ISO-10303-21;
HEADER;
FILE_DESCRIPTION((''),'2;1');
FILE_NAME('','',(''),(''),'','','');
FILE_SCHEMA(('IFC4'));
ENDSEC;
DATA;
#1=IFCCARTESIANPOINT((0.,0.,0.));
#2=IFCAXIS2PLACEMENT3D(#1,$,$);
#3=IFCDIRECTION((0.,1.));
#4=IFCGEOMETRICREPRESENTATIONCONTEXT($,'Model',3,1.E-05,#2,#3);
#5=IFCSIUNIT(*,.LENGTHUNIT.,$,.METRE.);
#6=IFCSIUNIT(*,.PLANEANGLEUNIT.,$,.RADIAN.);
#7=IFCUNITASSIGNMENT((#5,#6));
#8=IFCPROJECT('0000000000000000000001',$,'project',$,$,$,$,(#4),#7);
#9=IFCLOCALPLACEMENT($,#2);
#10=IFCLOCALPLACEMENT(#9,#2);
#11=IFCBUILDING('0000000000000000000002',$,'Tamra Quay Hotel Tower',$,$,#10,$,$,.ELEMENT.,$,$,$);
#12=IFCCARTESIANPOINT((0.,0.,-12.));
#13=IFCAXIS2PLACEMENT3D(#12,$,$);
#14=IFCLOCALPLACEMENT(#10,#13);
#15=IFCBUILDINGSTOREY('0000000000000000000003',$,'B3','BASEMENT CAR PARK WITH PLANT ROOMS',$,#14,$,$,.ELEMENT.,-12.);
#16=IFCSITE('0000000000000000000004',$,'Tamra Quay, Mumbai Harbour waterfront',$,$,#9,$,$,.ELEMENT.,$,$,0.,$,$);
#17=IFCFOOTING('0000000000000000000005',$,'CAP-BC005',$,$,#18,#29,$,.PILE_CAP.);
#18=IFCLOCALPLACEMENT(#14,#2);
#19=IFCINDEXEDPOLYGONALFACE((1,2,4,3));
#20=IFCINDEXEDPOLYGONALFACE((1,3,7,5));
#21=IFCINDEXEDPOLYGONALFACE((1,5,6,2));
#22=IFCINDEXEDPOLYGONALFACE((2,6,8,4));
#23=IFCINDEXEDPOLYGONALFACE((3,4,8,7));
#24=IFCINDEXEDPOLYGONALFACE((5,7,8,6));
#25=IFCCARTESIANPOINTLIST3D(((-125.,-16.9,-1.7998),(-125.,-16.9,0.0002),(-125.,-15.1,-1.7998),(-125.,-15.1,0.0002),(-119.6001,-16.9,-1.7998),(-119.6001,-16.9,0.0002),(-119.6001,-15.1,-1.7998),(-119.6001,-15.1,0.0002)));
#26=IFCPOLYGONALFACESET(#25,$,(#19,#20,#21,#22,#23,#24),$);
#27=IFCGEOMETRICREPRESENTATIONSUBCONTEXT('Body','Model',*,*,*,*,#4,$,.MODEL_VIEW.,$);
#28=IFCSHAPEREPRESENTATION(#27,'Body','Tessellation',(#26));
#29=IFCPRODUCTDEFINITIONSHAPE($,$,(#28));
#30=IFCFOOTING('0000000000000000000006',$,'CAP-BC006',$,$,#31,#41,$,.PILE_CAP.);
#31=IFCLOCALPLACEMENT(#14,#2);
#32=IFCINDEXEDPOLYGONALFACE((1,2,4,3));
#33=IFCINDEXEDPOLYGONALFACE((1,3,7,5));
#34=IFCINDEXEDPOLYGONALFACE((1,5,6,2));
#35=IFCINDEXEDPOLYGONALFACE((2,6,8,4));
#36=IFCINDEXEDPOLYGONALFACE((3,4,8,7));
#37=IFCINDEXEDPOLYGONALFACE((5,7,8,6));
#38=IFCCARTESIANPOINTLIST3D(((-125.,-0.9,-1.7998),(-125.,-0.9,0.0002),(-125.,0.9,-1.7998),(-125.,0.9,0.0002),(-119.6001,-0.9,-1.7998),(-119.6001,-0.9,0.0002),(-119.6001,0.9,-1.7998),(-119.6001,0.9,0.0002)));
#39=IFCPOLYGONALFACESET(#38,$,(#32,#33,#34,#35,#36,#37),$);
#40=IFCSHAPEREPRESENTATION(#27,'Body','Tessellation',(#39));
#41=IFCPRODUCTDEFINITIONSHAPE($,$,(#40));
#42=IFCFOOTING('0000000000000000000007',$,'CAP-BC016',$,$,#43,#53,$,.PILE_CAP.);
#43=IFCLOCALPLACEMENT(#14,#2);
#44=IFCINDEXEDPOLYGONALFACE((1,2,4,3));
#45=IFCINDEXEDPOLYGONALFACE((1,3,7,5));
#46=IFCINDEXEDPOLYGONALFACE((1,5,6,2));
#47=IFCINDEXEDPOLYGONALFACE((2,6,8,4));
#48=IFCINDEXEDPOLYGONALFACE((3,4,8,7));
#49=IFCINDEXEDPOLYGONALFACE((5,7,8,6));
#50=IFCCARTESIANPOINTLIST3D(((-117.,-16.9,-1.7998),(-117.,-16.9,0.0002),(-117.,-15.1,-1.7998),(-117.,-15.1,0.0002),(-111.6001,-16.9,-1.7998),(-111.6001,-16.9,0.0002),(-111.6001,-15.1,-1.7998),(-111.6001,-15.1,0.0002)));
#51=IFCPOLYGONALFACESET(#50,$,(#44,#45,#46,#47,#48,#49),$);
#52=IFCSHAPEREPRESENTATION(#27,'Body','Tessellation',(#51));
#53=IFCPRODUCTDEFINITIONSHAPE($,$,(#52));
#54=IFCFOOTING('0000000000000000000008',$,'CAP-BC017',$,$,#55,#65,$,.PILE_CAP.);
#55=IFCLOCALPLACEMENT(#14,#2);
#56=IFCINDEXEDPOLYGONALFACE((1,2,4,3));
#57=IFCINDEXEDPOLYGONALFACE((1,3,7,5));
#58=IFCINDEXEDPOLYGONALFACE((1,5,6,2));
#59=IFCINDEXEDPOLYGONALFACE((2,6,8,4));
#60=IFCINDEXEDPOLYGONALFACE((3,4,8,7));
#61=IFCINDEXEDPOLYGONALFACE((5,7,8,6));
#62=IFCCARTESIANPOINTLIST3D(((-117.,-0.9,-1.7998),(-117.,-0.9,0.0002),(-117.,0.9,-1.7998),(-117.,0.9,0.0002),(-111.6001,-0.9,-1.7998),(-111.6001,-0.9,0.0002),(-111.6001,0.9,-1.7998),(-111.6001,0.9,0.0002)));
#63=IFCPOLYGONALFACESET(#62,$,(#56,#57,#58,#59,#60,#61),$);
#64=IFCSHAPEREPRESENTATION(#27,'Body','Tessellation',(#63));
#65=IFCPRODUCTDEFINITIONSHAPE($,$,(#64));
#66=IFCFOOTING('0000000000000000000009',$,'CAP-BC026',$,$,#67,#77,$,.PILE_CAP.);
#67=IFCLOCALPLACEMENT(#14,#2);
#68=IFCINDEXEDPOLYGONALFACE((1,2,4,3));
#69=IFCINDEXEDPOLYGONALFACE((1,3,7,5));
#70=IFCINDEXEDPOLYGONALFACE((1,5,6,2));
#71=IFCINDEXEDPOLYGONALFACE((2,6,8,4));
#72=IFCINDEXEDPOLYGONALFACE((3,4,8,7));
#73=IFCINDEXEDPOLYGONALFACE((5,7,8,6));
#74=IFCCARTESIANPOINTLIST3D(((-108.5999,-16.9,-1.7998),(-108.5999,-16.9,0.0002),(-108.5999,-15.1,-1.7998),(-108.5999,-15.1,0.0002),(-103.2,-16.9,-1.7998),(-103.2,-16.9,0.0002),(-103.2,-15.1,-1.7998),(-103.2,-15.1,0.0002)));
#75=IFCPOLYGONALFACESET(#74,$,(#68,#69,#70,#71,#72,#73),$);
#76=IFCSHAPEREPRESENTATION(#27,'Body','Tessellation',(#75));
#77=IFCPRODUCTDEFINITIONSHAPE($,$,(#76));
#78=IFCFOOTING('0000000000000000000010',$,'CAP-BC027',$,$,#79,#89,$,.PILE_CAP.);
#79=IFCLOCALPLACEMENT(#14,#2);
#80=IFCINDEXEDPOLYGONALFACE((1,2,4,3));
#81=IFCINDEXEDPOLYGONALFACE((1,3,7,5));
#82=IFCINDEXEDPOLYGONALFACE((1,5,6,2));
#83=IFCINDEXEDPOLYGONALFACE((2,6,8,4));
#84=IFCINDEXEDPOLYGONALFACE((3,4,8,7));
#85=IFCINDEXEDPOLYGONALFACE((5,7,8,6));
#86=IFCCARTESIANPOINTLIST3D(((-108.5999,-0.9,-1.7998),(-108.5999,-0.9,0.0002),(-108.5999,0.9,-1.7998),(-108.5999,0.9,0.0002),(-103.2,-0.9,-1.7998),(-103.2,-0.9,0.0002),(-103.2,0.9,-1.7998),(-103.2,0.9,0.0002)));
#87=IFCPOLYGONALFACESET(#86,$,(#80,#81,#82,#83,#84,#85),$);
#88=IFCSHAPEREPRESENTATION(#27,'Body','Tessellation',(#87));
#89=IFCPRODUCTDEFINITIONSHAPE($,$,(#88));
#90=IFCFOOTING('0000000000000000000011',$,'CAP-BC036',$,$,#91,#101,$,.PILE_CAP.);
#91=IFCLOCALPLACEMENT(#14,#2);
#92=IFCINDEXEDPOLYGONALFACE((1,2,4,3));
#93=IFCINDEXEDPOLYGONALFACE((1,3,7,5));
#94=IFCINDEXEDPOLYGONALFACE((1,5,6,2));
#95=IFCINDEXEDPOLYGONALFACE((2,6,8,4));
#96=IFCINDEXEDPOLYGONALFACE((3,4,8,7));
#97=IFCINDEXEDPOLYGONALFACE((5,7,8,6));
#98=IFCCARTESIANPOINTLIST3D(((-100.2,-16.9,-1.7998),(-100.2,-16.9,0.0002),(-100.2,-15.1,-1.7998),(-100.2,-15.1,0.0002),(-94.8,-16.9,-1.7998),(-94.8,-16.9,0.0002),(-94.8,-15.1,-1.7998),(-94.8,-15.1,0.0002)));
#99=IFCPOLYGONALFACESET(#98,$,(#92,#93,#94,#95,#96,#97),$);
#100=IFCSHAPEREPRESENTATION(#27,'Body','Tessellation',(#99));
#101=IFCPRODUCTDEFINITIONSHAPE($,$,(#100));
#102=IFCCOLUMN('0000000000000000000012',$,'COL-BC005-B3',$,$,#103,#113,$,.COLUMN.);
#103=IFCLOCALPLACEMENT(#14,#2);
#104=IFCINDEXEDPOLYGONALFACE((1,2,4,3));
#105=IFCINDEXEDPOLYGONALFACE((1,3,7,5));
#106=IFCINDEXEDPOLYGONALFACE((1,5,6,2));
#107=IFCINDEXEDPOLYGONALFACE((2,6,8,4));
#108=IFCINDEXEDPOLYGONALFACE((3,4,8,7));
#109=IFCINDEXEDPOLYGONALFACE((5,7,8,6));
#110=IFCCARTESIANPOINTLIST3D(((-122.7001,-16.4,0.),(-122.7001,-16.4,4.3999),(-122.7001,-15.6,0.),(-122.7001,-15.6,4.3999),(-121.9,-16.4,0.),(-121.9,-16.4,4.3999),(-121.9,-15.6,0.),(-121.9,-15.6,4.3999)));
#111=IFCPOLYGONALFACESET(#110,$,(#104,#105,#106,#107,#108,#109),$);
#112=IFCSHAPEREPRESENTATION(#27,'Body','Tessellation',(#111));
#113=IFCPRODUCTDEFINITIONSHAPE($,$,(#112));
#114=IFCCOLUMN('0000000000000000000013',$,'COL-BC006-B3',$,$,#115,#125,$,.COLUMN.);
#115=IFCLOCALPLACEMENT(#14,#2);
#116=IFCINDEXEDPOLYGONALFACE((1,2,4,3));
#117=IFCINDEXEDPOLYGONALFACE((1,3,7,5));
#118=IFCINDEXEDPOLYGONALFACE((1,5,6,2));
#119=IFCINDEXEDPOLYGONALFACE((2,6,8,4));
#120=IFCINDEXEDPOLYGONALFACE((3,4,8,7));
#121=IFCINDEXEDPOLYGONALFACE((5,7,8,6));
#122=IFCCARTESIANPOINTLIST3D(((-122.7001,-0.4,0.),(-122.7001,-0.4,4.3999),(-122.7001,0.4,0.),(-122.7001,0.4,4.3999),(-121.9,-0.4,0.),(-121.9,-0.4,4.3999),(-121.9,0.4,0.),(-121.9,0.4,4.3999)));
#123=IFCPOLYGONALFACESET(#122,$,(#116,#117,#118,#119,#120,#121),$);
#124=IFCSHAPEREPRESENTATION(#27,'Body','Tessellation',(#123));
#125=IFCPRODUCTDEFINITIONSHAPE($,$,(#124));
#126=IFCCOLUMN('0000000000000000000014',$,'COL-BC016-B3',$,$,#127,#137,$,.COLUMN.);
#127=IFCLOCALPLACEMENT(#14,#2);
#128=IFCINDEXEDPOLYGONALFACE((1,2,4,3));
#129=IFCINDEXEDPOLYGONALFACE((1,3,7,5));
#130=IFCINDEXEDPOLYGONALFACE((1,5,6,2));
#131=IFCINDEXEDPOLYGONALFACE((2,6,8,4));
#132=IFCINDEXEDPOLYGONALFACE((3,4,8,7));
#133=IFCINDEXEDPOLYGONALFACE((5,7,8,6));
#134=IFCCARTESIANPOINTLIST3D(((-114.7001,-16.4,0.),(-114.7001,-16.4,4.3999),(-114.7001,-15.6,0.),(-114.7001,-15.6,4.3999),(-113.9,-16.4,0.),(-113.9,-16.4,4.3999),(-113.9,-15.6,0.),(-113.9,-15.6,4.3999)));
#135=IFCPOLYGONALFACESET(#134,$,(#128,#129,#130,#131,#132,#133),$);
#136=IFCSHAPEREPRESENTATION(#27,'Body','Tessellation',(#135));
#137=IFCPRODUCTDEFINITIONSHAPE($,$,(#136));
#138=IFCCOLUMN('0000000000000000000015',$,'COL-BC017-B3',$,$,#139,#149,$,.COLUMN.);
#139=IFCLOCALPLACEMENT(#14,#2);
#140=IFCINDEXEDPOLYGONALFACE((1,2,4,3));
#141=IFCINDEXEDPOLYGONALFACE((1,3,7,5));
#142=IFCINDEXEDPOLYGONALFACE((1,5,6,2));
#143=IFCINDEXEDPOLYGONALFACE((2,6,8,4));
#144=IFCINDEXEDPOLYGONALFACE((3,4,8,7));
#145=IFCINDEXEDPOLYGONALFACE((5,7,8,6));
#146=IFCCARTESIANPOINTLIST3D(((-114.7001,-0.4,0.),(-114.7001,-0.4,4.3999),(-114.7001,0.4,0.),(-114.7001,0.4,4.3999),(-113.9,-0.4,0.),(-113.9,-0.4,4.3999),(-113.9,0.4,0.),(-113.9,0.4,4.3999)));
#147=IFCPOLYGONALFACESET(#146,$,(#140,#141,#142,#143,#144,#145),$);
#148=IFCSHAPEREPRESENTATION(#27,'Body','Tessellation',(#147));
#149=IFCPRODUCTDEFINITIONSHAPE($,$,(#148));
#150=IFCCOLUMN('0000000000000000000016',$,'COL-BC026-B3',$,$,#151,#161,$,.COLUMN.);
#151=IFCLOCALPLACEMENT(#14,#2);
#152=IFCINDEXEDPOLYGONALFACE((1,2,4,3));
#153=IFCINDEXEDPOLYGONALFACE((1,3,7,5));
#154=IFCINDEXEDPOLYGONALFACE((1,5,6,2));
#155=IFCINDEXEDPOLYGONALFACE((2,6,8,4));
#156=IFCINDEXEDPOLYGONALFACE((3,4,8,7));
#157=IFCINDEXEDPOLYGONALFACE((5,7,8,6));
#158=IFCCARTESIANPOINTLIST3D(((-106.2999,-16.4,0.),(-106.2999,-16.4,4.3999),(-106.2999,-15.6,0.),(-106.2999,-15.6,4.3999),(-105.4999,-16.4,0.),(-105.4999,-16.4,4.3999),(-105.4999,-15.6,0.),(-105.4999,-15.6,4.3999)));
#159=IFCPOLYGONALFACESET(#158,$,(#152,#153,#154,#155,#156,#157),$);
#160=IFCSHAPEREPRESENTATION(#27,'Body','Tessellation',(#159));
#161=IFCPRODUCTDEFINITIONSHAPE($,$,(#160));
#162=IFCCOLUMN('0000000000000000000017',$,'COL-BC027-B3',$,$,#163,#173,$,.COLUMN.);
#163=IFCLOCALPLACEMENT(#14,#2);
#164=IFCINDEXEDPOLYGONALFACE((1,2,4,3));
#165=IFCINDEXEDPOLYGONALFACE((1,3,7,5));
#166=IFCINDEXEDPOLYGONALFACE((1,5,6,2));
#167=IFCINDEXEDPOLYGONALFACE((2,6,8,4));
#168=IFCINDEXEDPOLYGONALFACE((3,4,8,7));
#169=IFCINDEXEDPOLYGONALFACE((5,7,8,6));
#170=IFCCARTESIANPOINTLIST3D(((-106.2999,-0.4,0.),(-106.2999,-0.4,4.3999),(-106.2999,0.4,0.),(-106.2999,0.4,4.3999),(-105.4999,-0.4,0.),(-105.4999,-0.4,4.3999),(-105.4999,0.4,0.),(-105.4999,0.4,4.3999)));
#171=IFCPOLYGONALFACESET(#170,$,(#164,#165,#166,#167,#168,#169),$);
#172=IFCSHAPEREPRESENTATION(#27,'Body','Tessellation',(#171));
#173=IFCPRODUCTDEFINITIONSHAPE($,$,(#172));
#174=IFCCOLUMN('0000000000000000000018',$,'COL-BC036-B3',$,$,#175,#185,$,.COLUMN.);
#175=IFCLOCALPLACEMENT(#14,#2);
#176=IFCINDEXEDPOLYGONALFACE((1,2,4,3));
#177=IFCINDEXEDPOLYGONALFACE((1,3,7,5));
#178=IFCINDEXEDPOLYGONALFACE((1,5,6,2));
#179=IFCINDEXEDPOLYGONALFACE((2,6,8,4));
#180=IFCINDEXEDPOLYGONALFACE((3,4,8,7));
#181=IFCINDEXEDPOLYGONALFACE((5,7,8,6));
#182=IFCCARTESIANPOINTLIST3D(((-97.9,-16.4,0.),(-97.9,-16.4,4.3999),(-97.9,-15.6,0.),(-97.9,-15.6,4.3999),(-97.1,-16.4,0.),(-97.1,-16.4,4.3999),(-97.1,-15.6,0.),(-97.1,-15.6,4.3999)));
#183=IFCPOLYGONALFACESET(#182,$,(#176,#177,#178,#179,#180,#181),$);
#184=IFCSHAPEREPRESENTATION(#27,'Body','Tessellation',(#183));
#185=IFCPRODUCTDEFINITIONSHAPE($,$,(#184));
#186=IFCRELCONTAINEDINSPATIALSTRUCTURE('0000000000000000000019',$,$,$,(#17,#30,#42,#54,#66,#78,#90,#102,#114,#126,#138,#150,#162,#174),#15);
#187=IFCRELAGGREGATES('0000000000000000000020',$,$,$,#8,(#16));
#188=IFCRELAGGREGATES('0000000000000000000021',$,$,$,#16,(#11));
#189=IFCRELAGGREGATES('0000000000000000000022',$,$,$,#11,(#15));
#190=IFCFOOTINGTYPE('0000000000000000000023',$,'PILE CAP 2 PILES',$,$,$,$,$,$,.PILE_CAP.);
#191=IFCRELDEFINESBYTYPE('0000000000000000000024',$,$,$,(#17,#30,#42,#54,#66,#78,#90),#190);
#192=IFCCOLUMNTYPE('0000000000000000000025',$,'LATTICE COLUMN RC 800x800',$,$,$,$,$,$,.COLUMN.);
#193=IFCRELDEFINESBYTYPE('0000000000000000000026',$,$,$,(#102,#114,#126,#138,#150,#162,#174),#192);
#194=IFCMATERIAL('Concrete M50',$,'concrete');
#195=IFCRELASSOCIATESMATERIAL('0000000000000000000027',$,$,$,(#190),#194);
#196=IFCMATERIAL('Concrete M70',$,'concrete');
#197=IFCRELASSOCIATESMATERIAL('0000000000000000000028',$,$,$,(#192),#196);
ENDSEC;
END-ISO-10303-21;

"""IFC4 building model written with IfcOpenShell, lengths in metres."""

from ifc_helpers import new_model, si_unit, direction, frame, origin, origin_2d, place, context, subcontext, project, spatial, rectangle, extrude, material, material_profile, profile_set, type_object, element, save


model = new_model("IFC4")

# Units and contexts
model_context = context("Model", 3, precision=1e-05, world=origin(), true_north=direction((0.0, 1.0)))
body_context = subcontext(model_context, "Body", "Model", "MODEL_VIEW")
ifc_project = project(units=[si_unit("LENGTHUNIT", "METRE"), si_unit("PLANEANGLEUNIT", "RADIAN")], contexts=[model_context])

# Site, building, storey
site_placement = place(None, origin())
site = spatial("IfcSite", under=ifc_project, at=site_placement, Name="Tamra Quay, Mumbai Harbour waterfront", CompositionType="ELEMENT", RefElevation=0.0)
building_placement = place(site_placement, origin())
building = spatial("IfcBuilding", under=site, at=building_placement, Name="Tamra Quay Hotel Tower", CompositionType="ELEMENT")
storey_placement = place(building_placement, frame((0.0, 0.0, -12.0)))
storey = spatial("IfcBuildingStorey", under=building, at=storey_placement, Name="B3", Description="BASEMENT CAR PARK WITH PLANT ROOMS", CompositionType="ELEMENT", Elevation=-12.0)

# Footings
ifc_material_1 = material(Name="Concrete M50", Category="concrete")
footing_type = type_object("IfcFootingType", Name="PILE CAP 2 PILES", PredefinedType="PILE_CAP", material=ifc_material_1)
for number, where, z_axis, x_axis, name in (
    (1, (-122.3, -16.0, -1.7998), (0.0, 0.0, 1.0), (1.0, 0.0, 0.0), "CAP-BC005"),
    (2, (-122.3, 0.0, -1.7998), (0.0, 0.0, 1.0), (1.0, 0.0, 0.0), "CAP-BC006"),
    (3, (-114.3, -16.0, -1.7998), (0.0, 0.0, 1.0), (1.0, 0.0, 0.0), "CAP-BC016"),
    (4, (-114.3, 0.0, -1.7998), (0.0, 0.0, 1.0), (1.0, 0.0, 0.0), "CAP-BC017"),
    (5, (-105.8999, -16.0, -1.7998), (0.0, 0.0, 1.0), (1.0, 0.0, 0.0), "CAP-BC026"),
    (6, (-105.8999, 0.0, -1.7998), (0.0, 0.0, 1.0), (1.0, 0.0, 0.0), "CAP-BC027"),
    (7, (-97.5, -16.0, -1.7998), (0.0, 0.0, 1.0), (1.0, 0.0, 0.0), "CAP-BC036"),
):
    element("IfcFooting", number, at=place(storey_placement, frame(where, z_axis=z_axis, x_axis=x_axis)), inside=storey, type_object=footing_type, Name=name, PredefinedType="PILE_CAP", context=body_context, shape_type="SweptSolid", body=[
        extrude(rectangle(XDim=5.3999, YDim=1.8, at=origin_2d()), origin(), (0.0, 0.0, 1.0), 1.8),
    ])

# Columns
ifc_material_2 = material(Name="Concrete M70", Category="concrete")
ifc_material_profile_1 = material_profile(ifc_material_2, rectangle(XDim=0.8, YDim=0.8, at=origin_2d()), Name="LATTICE COLUMN RC 800x800")
ifc_profile_set_1 = profile_set([ifc_material_profile_1], Name="Concrete M70")
column_type = type_object("IfcColumnType", Name="LATTICE COLUMN RC 800x800", PredefinedType="COLUMN", material=ifc_profile_set_1)
for number, where, z_axis, x_axis, name in (
    (8, (-122.3, -16.0, 0.0), (0.0, 0.0, 1.0), (1.0, 0.0, 0.0), "COL-BC005-B3"),
    (9, (-122.3, 0.0, 0.0), (0.0, 0.0, 1.0), (1.0, 0.0, 0.0), "COL-BC006-B3"),
    (10, (-114.3, -16.0, 0.0), (0.0, 0.0, 1.0), (1.0, 0.0, 0.0), "COL-BC016-B3"),
    (11, (-114.3, 0.0, 0.0), (0.0, 0.0, 1.0), (1.0, 0.0, 0.0), "COL-BC017-B3"),
    (12, (-105.8999, -16.0, 0.0), (0.0, 0.0, 1.0), (1.0, 0.0, 0.0), "COL-BC026-B3"),
    (13, (-105.8999, 0.0, 0.0), (0.0, 0.0, 1.0), (1.0, 0.0, 0.0), "COL-BC027-B3"),
    (14, (-97.5, -16.0, 0.0), (0.0, 0.0, 1.0), (1.0, 0.0, 0.0), "COL-BC036-B3"),
):
    element("IfcColumn", number, at=place(storey_placement, frame(where, z_axis=z_axis, x_axis=x_axis)), inside=storey, type_object=column_type, Name=name, PredefinedType="COLUMN", context=body_context, shape_type="SweptSolid", body=[
        extrude(rectangle(XDim=0.8, YDim=0.8, at=origin_2d()), origin(), (0.0, 0.0, 1.0), 4.3999),
    ])

save(model, "model.ifc")
